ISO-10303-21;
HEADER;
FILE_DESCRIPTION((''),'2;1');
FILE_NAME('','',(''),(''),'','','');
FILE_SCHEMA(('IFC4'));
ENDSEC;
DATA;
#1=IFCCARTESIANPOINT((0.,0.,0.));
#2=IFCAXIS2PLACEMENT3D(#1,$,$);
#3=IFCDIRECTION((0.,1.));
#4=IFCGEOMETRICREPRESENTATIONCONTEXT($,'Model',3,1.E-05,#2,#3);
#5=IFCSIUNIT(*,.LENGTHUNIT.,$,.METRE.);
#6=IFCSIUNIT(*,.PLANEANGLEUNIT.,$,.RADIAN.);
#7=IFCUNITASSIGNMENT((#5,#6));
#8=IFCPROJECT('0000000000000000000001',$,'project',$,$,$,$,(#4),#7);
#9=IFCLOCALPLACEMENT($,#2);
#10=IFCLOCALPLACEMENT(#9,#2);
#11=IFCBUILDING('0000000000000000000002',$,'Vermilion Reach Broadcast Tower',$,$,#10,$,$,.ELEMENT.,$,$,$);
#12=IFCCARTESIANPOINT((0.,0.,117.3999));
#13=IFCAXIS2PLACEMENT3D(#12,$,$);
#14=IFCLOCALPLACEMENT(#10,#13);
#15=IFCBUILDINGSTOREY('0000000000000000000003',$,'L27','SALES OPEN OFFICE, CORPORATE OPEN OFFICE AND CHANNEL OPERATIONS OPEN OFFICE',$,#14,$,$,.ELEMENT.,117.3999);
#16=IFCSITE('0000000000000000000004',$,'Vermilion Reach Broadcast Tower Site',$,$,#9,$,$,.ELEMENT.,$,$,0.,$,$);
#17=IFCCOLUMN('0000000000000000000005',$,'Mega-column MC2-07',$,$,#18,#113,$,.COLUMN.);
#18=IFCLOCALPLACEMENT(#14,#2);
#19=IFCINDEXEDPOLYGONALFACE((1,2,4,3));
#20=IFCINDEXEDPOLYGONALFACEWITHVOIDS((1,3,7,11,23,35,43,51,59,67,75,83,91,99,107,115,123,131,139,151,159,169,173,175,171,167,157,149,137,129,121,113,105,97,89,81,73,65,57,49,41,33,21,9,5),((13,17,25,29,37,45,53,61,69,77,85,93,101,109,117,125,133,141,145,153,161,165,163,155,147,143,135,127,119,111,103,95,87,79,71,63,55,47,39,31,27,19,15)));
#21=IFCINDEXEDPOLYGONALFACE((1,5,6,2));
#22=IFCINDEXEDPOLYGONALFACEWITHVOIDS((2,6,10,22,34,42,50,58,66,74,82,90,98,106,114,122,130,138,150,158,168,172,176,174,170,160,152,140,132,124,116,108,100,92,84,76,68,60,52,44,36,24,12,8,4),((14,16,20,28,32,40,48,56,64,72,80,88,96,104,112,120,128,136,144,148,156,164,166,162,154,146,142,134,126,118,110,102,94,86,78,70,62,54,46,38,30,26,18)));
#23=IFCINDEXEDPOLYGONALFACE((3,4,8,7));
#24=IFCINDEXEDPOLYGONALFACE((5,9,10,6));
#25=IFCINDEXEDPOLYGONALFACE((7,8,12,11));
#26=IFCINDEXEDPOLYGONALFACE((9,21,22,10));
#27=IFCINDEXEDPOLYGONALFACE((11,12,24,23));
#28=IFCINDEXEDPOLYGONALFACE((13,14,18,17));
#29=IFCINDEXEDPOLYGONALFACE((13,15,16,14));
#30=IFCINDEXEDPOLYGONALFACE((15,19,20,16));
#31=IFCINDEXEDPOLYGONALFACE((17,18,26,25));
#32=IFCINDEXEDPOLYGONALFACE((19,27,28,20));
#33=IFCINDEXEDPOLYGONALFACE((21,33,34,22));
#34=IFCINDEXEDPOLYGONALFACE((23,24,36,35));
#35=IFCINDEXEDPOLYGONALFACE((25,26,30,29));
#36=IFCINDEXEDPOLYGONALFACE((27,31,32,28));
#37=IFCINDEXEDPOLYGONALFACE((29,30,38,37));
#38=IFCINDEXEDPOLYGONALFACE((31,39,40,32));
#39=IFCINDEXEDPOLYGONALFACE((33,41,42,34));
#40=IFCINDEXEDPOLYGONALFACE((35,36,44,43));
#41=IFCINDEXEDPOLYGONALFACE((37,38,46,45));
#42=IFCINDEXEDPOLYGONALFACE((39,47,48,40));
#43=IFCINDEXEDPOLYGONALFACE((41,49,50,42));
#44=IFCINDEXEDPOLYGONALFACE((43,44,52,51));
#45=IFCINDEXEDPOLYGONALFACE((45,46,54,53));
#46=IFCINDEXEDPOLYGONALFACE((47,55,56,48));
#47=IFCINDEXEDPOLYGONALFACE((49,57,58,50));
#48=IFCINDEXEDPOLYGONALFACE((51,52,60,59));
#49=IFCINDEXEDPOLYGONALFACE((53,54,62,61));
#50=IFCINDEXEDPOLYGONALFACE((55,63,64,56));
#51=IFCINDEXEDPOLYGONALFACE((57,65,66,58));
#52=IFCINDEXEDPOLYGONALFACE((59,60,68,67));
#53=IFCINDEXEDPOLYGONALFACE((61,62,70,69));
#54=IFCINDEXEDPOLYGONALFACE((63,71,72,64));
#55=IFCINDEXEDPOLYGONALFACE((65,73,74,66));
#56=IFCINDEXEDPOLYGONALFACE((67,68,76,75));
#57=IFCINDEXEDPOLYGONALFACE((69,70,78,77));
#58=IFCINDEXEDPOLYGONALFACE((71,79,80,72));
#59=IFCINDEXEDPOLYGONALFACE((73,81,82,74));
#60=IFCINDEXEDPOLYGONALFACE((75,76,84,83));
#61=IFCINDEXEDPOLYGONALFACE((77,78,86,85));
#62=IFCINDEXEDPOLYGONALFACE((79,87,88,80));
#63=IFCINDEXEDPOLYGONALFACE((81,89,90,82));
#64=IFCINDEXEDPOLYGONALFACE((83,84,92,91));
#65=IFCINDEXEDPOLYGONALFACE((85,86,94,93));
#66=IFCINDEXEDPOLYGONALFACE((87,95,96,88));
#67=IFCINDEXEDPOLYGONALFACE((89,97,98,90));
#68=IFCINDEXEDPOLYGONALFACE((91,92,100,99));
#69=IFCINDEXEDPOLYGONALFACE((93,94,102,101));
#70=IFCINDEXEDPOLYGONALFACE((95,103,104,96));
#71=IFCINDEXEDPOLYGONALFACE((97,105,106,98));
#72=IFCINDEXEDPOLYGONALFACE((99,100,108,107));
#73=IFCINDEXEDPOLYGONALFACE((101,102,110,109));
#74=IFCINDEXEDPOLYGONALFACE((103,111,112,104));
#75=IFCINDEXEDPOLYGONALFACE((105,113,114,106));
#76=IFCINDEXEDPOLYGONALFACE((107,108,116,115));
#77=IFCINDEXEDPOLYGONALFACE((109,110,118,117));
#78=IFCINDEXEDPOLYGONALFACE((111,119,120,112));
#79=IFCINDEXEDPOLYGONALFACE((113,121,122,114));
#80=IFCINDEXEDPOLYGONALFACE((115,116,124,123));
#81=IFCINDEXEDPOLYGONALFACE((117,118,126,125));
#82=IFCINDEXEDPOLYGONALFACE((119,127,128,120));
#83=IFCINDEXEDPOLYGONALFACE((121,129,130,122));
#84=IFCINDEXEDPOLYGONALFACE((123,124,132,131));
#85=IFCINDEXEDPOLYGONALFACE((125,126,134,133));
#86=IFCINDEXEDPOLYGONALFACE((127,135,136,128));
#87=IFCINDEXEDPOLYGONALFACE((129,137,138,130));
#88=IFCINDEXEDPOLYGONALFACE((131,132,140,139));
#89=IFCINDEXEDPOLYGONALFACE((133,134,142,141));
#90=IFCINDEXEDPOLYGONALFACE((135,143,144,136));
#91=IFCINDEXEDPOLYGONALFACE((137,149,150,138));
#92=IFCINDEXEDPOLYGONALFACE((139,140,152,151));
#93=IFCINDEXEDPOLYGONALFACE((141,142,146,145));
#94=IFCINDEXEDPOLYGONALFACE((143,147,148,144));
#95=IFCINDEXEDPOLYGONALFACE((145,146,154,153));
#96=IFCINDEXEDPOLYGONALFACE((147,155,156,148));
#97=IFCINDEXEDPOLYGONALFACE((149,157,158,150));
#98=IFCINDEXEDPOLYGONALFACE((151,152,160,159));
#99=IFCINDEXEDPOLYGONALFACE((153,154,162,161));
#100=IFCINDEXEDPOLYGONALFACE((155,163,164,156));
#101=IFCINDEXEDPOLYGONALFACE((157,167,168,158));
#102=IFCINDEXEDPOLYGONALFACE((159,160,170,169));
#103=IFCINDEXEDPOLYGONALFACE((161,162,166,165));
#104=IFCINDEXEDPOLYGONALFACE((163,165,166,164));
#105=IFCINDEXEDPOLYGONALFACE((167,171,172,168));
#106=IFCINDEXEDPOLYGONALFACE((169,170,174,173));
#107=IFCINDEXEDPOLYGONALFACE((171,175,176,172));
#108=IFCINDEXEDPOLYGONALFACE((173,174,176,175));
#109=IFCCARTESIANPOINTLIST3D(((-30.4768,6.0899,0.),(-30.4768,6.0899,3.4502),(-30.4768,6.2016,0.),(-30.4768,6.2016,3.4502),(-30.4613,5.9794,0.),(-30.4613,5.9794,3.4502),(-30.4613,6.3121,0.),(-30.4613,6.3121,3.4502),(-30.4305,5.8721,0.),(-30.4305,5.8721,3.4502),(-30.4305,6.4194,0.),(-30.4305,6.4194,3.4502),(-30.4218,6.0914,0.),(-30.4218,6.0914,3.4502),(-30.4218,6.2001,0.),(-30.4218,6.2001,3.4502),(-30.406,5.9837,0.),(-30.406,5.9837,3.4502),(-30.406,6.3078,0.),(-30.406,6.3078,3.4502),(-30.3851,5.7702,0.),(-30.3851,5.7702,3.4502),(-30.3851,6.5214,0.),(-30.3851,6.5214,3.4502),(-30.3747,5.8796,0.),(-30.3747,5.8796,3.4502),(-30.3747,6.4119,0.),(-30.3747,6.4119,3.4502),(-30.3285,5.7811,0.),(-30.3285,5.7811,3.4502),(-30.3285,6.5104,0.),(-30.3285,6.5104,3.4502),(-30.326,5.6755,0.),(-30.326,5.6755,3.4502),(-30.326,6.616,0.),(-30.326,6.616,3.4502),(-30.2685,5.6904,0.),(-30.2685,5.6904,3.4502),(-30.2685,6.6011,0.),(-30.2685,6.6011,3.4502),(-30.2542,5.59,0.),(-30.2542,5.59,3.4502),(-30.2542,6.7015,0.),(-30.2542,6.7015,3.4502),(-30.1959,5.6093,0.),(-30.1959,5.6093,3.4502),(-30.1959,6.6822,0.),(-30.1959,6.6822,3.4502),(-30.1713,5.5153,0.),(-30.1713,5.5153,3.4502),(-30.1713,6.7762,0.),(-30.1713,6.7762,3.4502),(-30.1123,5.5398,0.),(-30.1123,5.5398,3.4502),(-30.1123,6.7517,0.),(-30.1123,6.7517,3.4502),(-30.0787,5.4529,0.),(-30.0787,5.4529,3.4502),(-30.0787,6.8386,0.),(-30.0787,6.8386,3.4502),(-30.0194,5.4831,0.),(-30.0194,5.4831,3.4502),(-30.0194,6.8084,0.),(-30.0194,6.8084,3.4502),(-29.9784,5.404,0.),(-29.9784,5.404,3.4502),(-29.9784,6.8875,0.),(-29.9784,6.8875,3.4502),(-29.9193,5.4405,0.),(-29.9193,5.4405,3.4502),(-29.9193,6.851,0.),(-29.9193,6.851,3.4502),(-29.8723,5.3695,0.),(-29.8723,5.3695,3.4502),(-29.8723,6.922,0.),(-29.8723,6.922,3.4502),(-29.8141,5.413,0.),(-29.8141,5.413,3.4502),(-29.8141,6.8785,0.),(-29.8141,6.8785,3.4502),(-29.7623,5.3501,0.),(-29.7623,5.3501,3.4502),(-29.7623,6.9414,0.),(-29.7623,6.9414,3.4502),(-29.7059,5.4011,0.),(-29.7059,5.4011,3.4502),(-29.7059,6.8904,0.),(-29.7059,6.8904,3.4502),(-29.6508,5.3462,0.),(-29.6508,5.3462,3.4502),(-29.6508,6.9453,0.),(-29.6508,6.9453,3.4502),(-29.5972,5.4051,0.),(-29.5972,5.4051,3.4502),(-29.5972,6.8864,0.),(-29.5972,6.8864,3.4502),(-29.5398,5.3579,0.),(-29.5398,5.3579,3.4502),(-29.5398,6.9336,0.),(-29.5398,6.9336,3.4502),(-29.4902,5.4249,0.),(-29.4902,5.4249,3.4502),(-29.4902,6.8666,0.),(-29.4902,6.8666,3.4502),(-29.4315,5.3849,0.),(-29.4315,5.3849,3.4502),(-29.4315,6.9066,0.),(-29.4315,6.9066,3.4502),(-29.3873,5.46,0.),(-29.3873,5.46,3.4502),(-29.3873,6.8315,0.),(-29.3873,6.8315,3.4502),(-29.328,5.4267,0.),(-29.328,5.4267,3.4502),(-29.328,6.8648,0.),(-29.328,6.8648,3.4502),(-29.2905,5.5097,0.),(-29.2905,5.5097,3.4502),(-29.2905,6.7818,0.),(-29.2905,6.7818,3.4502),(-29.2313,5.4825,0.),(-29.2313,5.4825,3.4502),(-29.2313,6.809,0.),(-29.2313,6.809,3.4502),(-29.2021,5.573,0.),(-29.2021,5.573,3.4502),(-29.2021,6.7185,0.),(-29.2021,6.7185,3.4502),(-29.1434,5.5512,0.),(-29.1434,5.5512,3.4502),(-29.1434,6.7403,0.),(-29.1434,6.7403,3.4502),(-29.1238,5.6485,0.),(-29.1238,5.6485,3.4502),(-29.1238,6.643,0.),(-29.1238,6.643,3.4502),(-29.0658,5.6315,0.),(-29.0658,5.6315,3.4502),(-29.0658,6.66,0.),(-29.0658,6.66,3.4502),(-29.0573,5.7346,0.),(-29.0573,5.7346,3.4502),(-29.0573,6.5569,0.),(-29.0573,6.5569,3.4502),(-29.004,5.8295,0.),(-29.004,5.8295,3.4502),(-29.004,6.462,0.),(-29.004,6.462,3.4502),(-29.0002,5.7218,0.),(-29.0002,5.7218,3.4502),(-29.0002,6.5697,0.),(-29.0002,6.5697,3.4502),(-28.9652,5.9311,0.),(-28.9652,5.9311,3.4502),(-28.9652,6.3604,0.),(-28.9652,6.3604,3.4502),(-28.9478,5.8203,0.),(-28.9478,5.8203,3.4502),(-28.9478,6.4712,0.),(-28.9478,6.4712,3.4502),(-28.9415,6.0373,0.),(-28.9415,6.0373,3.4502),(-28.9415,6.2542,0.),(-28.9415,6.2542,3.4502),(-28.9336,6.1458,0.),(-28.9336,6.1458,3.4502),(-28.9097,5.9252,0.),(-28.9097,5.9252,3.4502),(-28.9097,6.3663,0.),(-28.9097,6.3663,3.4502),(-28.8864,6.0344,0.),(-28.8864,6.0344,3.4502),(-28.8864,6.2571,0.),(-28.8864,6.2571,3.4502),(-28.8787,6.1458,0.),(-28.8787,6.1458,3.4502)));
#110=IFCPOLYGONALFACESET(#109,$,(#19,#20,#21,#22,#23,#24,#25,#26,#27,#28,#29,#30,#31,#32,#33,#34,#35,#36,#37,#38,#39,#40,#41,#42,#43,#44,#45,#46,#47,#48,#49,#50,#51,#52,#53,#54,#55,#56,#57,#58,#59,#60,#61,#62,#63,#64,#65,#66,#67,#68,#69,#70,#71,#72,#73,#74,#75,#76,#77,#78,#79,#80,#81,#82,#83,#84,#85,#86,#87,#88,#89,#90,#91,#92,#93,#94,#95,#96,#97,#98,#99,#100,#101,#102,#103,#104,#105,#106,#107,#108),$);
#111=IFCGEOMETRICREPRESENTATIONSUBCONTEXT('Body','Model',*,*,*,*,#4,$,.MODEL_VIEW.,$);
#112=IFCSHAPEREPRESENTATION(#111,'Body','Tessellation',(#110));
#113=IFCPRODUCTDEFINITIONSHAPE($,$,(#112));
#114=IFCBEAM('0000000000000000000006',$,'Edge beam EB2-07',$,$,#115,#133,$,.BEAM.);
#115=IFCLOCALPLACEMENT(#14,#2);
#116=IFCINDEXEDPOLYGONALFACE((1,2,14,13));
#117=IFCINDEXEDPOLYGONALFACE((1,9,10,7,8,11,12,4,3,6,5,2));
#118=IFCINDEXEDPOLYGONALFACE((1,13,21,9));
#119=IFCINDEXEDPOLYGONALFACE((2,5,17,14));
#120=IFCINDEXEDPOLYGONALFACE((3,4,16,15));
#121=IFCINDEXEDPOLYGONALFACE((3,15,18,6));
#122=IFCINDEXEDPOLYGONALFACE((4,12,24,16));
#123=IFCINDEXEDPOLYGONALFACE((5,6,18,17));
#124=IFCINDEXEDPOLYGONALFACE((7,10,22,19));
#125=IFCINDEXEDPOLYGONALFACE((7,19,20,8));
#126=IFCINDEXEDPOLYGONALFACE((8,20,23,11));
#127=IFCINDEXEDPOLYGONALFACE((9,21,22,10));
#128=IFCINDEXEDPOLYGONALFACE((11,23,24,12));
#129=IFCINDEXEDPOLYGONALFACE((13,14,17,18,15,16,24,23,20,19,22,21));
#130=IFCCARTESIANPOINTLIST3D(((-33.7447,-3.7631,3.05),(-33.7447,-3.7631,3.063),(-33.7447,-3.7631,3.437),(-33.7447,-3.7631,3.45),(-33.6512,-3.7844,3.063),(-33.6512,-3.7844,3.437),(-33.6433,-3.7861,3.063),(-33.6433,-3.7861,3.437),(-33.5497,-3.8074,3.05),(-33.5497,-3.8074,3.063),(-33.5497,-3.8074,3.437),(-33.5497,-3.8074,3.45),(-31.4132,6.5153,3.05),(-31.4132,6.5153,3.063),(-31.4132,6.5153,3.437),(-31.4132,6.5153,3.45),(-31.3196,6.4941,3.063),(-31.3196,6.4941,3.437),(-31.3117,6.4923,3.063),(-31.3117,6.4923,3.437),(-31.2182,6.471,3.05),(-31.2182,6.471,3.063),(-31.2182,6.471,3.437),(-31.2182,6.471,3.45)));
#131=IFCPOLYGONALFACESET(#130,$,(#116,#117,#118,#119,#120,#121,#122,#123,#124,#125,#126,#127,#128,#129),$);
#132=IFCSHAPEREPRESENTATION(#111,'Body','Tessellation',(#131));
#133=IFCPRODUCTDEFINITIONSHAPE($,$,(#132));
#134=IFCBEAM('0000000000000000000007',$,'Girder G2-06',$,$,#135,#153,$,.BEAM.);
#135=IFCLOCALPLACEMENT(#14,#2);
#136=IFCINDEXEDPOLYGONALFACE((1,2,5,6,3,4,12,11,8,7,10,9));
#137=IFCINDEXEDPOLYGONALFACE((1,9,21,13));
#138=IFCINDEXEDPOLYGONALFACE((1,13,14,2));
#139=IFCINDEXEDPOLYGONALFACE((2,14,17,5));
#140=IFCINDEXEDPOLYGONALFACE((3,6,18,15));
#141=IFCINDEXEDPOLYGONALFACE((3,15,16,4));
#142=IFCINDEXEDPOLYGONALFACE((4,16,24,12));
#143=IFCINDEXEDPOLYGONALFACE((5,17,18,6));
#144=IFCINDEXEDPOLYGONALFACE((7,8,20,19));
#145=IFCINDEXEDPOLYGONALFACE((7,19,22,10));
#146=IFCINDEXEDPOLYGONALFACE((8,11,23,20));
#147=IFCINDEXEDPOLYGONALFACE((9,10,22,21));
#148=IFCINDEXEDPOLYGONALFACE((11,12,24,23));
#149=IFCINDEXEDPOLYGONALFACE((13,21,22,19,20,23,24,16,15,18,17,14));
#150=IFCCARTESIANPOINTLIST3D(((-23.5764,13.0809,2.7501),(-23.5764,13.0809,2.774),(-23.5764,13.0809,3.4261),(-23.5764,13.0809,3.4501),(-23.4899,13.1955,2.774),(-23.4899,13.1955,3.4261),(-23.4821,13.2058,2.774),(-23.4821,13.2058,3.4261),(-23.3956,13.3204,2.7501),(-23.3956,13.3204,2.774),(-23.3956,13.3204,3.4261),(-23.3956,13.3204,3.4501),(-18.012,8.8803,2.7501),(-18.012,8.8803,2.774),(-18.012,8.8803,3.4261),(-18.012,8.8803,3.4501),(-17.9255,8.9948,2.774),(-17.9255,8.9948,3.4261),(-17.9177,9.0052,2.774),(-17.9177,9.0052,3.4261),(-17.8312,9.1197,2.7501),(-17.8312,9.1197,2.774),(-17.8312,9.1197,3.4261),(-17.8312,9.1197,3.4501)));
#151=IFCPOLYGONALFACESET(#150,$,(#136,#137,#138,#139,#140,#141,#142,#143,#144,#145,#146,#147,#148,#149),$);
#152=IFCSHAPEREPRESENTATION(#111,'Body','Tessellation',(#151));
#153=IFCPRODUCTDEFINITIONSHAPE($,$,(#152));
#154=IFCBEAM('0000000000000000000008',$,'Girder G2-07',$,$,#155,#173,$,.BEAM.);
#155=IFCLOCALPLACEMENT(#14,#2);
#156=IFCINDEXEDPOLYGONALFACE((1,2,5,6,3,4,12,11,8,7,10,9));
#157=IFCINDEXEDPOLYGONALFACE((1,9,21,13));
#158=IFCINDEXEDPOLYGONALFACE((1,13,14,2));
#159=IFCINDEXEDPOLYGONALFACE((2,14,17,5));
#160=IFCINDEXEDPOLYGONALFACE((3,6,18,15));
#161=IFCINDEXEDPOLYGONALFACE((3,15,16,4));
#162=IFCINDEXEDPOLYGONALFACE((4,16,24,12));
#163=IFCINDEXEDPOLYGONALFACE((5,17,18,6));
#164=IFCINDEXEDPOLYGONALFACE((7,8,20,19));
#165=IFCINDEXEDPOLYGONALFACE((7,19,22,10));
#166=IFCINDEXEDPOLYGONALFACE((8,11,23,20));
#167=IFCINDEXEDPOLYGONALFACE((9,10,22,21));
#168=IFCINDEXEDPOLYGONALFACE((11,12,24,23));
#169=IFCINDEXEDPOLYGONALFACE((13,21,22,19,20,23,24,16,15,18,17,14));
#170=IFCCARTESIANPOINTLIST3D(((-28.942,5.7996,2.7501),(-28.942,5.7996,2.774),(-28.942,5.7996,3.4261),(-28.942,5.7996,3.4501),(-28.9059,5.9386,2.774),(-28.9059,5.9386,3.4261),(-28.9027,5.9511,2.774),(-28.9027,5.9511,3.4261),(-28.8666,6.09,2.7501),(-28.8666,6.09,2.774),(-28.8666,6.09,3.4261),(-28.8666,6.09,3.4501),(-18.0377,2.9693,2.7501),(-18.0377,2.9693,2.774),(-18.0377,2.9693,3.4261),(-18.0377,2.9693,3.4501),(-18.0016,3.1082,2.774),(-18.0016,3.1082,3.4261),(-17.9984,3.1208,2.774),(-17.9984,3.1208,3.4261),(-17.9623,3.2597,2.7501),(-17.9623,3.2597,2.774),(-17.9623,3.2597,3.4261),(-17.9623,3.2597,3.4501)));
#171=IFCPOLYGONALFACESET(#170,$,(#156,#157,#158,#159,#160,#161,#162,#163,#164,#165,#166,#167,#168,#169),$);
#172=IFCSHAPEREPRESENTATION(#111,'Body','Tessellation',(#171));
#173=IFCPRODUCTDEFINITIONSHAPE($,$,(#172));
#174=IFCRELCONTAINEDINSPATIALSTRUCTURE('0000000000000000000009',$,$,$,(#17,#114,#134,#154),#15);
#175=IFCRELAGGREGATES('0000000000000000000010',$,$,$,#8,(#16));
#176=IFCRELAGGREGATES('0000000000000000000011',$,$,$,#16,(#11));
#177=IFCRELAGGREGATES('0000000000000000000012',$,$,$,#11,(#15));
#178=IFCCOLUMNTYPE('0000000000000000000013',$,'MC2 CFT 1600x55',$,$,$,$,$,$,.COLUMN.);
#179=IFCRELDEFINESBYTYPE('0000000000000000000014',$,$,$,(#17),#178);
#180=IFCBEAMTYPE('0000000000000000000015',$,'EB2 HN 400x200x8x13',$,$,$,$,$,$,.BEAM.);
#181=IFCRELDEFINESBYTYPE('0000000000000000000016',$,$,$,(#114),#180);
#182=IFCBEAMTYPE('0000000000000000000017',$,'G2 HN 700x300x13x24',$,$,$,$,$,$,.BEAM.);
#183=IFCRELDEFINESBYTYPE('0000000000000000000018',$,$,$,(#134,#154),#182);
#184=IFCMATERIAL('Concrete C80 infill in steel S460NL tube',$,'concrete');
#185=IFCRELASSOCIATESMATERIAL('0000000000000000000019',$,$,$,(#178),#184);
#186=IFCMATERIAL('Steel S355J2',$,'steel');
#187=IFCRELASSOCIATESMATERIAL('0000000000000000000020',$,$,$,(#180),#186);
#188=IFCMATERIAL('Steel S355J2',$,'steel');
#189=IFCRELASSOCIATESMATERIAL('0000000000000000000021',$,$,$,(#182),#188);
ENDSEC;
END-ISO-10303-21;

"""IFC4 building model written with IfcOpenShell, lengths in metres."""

from ifc_helpers import new_model, si_unit, direction, frame, origin, origin_2d, place, context, subcontext, project, spatial, hollow_circle, i_section, extrude, material, material_profile, profile_set, type_object, element, save


model = new_model("IFC4")

# Units and contexts
model_context = context("Model", 3, precision=1e-05, world=origin(), true_north=direction((0.0, 1.0)))
body_context = subcontext(model_context, "Body", "Model", "MODEL_VIEW")
ifc_project = project(units=[si_unit("LENGTHUNIT", "METRE"), si_unit("PLANEANGLEUNIT", "RADIAN")], contexts=[model_context])

# Site, building, storey
site_placement = place(None, origin())
site = spatial("IfcSite", under=ifc_project, at=site_placement, Name="Vermilion Reach Broadcast Tower Site", CompositionType="ELEMENT", RefElevation=0.0)
building_placement = place(site_placement, origin())
building = spatial("IfcBuilding", under=site, at=building_placement, Name="Vermilion Reach Broadcast Tower", CompositionType="ELEMENT")
storey_placement = place(building_placement, frame((0.0, 0.0, 117.3999)))
storey = spatial("IfcBuildingStorey", under=building, at=storey_placement, Name="L27", Description="SALES OPEN OFFICE, CORPORATE OPEN OFFICE AND CHANNEL OPERATIONS OPEN OFFICE", CompositionType="ELEMENT", Elevation=117.3999)

# Column
ifc_material_1 = material(Name="Concrete C80 infill in steel S460NL tube", Category="concrete")
ifc_material_profile_1 = material_profile(ifc_material_1, hollow_circle(Radius=0.8, WallThickness=0.0549, at=origin_2d()), Name="Concrete C80 infill in steel S460NL tube CFT 1600x55")
ifc_profile_set_1 = profile_set([ifc_material_profile_1], Name="Concrete C80 infill in steel S460NL tube")
column_type = type_object("IfcColumnType", Name="MC2 CFT 1600x55", PredefinedType="COLUMN", material=ifc_profile_set_1)
column_placement = place(storey_placement, frame((-29.6787, 6.1458, 0.0), z_axis=(0.0, 0.0, 1.0), x_axis=(1.0, 0.0, 0.0)))
element("IfcColumn", 1, at=column_placement, inside=storey, type_object=column_type, Name="Mega-column MC2-07", PredefinedType="COLUMN", context=body_context, shape_type="SweptSolid", body=[
    extrude(hollow_circle(Radius=0.8, WallThickness=0.0549, at=origin_2d()), origin(), (0.0, 0.0, 1.0), 3.4502),
])

# Beams
ifc_material_2 = material(Name="Steel S355J2", Category="steel")
ifc_material_profile_2 = material_profile(ifc_material_2, i_section(OverallWidth=0.2, OverallDepth=0.3999, WebThickness=0.0081, FlangeThickness=0.0129, at=origin_2d()), Name="S355J2 HN 400x200x8x13")
ifc_profile_set_2 = profile_set([ifc_material_profile_2], Name="Steel S355J2")
beam_type_1 = type_object("IfcBeamType", Name="EB2 HN 400x200x8x13", PredefinedType="BEAM", material=ifc_profile_set_2)
beam_1_placement = place(storey_placement, frame((-31.3157, 6.4932, 3.25), z_axis=(-0.221221, -0.975224, 0.0), x_axis=(0.975224, -0.221221, 0.0)))
element("IfcBeam", 2, at=beam_1_placement, inside=storey, type_object=beam_type_1, Name="Edge beam EB2-07", PredefinedType="BEAM", context=body_context, shape_type="SweptSolid", body=[
    extrude(i_section(OverallWidth=0.2, OverallDepth=0.3999, WebThickness=0.0081, FlangeThickness=0.0129, at=origin_2d()), origin(), (0.0, 0.0, 1.0), 10.5396),
])
ifc_material_3 = material(Name="Steel S355J2", Category="steel")
ifc_material_profile_3 = material_profile(ifc_material_3, i_section(OverallWidth=0.3, OverallDepth=0.7, WebThickness=0.0129, FlangeThickness=0.0239, at=origin_2d()), Name="S355J2 HN 700x300x13x24")
ifc_profile_set_3 = profile_set([ifc_material_profile_3], Name="Steel S355J2")
beam_type_2 = type_object("IfcBeamType", Name="G2 HN 700x300x13x24", PredefinedType="BEAM", material=ifc_profile_set_3)
beam_2_placement = place(storey_placement, frame((-17.9216, 9.0, 3.1001), z_axis=(-0.798114, 0.602507, 0.0), x_axis=(-0.602507, -0.798114, 0.0)))
element("IfcBeam", 3, at=beam_2_placement, inside=storey, type_object=beam_type_2, Name="Girder G2-06", PredefinedType="BEAM", context=body_context, shape_type="SweptSolid", body=[
    extrude(i_section(OverallWidth=0.3, OverallDepth=0.7, WebThickness=0.0129, FlangeThickness=0.0239, at=origin_2d()), origin(), (0.0, 0.0, 1.0), 6.9719),
])
beam_3_placement = place(storey_placement, frame((-18.0, 3.1145, 3.1001), z_axis=(-0.967926, 0.251235, 0.0), x_axis=(-0.251235, -0.967926, 0.0)))
element("IfcBeam", 4, at=beam_3_placement, inside=storey, type_object=beam_type_2, Name="Girder G2-07", PredefinedType="BEAM", context=body_context, shape_type="SweptSolid", body=[
    extrude(i_section(OverallWidth=0.3, OverallDepth=0.7, WebThickness=0.0129, FlangeThickness=0.0239, at=origin_2d()), origin(), (0.0, 0.0, 1.0), 11.2656),
])

save(model, "model.ifc")
